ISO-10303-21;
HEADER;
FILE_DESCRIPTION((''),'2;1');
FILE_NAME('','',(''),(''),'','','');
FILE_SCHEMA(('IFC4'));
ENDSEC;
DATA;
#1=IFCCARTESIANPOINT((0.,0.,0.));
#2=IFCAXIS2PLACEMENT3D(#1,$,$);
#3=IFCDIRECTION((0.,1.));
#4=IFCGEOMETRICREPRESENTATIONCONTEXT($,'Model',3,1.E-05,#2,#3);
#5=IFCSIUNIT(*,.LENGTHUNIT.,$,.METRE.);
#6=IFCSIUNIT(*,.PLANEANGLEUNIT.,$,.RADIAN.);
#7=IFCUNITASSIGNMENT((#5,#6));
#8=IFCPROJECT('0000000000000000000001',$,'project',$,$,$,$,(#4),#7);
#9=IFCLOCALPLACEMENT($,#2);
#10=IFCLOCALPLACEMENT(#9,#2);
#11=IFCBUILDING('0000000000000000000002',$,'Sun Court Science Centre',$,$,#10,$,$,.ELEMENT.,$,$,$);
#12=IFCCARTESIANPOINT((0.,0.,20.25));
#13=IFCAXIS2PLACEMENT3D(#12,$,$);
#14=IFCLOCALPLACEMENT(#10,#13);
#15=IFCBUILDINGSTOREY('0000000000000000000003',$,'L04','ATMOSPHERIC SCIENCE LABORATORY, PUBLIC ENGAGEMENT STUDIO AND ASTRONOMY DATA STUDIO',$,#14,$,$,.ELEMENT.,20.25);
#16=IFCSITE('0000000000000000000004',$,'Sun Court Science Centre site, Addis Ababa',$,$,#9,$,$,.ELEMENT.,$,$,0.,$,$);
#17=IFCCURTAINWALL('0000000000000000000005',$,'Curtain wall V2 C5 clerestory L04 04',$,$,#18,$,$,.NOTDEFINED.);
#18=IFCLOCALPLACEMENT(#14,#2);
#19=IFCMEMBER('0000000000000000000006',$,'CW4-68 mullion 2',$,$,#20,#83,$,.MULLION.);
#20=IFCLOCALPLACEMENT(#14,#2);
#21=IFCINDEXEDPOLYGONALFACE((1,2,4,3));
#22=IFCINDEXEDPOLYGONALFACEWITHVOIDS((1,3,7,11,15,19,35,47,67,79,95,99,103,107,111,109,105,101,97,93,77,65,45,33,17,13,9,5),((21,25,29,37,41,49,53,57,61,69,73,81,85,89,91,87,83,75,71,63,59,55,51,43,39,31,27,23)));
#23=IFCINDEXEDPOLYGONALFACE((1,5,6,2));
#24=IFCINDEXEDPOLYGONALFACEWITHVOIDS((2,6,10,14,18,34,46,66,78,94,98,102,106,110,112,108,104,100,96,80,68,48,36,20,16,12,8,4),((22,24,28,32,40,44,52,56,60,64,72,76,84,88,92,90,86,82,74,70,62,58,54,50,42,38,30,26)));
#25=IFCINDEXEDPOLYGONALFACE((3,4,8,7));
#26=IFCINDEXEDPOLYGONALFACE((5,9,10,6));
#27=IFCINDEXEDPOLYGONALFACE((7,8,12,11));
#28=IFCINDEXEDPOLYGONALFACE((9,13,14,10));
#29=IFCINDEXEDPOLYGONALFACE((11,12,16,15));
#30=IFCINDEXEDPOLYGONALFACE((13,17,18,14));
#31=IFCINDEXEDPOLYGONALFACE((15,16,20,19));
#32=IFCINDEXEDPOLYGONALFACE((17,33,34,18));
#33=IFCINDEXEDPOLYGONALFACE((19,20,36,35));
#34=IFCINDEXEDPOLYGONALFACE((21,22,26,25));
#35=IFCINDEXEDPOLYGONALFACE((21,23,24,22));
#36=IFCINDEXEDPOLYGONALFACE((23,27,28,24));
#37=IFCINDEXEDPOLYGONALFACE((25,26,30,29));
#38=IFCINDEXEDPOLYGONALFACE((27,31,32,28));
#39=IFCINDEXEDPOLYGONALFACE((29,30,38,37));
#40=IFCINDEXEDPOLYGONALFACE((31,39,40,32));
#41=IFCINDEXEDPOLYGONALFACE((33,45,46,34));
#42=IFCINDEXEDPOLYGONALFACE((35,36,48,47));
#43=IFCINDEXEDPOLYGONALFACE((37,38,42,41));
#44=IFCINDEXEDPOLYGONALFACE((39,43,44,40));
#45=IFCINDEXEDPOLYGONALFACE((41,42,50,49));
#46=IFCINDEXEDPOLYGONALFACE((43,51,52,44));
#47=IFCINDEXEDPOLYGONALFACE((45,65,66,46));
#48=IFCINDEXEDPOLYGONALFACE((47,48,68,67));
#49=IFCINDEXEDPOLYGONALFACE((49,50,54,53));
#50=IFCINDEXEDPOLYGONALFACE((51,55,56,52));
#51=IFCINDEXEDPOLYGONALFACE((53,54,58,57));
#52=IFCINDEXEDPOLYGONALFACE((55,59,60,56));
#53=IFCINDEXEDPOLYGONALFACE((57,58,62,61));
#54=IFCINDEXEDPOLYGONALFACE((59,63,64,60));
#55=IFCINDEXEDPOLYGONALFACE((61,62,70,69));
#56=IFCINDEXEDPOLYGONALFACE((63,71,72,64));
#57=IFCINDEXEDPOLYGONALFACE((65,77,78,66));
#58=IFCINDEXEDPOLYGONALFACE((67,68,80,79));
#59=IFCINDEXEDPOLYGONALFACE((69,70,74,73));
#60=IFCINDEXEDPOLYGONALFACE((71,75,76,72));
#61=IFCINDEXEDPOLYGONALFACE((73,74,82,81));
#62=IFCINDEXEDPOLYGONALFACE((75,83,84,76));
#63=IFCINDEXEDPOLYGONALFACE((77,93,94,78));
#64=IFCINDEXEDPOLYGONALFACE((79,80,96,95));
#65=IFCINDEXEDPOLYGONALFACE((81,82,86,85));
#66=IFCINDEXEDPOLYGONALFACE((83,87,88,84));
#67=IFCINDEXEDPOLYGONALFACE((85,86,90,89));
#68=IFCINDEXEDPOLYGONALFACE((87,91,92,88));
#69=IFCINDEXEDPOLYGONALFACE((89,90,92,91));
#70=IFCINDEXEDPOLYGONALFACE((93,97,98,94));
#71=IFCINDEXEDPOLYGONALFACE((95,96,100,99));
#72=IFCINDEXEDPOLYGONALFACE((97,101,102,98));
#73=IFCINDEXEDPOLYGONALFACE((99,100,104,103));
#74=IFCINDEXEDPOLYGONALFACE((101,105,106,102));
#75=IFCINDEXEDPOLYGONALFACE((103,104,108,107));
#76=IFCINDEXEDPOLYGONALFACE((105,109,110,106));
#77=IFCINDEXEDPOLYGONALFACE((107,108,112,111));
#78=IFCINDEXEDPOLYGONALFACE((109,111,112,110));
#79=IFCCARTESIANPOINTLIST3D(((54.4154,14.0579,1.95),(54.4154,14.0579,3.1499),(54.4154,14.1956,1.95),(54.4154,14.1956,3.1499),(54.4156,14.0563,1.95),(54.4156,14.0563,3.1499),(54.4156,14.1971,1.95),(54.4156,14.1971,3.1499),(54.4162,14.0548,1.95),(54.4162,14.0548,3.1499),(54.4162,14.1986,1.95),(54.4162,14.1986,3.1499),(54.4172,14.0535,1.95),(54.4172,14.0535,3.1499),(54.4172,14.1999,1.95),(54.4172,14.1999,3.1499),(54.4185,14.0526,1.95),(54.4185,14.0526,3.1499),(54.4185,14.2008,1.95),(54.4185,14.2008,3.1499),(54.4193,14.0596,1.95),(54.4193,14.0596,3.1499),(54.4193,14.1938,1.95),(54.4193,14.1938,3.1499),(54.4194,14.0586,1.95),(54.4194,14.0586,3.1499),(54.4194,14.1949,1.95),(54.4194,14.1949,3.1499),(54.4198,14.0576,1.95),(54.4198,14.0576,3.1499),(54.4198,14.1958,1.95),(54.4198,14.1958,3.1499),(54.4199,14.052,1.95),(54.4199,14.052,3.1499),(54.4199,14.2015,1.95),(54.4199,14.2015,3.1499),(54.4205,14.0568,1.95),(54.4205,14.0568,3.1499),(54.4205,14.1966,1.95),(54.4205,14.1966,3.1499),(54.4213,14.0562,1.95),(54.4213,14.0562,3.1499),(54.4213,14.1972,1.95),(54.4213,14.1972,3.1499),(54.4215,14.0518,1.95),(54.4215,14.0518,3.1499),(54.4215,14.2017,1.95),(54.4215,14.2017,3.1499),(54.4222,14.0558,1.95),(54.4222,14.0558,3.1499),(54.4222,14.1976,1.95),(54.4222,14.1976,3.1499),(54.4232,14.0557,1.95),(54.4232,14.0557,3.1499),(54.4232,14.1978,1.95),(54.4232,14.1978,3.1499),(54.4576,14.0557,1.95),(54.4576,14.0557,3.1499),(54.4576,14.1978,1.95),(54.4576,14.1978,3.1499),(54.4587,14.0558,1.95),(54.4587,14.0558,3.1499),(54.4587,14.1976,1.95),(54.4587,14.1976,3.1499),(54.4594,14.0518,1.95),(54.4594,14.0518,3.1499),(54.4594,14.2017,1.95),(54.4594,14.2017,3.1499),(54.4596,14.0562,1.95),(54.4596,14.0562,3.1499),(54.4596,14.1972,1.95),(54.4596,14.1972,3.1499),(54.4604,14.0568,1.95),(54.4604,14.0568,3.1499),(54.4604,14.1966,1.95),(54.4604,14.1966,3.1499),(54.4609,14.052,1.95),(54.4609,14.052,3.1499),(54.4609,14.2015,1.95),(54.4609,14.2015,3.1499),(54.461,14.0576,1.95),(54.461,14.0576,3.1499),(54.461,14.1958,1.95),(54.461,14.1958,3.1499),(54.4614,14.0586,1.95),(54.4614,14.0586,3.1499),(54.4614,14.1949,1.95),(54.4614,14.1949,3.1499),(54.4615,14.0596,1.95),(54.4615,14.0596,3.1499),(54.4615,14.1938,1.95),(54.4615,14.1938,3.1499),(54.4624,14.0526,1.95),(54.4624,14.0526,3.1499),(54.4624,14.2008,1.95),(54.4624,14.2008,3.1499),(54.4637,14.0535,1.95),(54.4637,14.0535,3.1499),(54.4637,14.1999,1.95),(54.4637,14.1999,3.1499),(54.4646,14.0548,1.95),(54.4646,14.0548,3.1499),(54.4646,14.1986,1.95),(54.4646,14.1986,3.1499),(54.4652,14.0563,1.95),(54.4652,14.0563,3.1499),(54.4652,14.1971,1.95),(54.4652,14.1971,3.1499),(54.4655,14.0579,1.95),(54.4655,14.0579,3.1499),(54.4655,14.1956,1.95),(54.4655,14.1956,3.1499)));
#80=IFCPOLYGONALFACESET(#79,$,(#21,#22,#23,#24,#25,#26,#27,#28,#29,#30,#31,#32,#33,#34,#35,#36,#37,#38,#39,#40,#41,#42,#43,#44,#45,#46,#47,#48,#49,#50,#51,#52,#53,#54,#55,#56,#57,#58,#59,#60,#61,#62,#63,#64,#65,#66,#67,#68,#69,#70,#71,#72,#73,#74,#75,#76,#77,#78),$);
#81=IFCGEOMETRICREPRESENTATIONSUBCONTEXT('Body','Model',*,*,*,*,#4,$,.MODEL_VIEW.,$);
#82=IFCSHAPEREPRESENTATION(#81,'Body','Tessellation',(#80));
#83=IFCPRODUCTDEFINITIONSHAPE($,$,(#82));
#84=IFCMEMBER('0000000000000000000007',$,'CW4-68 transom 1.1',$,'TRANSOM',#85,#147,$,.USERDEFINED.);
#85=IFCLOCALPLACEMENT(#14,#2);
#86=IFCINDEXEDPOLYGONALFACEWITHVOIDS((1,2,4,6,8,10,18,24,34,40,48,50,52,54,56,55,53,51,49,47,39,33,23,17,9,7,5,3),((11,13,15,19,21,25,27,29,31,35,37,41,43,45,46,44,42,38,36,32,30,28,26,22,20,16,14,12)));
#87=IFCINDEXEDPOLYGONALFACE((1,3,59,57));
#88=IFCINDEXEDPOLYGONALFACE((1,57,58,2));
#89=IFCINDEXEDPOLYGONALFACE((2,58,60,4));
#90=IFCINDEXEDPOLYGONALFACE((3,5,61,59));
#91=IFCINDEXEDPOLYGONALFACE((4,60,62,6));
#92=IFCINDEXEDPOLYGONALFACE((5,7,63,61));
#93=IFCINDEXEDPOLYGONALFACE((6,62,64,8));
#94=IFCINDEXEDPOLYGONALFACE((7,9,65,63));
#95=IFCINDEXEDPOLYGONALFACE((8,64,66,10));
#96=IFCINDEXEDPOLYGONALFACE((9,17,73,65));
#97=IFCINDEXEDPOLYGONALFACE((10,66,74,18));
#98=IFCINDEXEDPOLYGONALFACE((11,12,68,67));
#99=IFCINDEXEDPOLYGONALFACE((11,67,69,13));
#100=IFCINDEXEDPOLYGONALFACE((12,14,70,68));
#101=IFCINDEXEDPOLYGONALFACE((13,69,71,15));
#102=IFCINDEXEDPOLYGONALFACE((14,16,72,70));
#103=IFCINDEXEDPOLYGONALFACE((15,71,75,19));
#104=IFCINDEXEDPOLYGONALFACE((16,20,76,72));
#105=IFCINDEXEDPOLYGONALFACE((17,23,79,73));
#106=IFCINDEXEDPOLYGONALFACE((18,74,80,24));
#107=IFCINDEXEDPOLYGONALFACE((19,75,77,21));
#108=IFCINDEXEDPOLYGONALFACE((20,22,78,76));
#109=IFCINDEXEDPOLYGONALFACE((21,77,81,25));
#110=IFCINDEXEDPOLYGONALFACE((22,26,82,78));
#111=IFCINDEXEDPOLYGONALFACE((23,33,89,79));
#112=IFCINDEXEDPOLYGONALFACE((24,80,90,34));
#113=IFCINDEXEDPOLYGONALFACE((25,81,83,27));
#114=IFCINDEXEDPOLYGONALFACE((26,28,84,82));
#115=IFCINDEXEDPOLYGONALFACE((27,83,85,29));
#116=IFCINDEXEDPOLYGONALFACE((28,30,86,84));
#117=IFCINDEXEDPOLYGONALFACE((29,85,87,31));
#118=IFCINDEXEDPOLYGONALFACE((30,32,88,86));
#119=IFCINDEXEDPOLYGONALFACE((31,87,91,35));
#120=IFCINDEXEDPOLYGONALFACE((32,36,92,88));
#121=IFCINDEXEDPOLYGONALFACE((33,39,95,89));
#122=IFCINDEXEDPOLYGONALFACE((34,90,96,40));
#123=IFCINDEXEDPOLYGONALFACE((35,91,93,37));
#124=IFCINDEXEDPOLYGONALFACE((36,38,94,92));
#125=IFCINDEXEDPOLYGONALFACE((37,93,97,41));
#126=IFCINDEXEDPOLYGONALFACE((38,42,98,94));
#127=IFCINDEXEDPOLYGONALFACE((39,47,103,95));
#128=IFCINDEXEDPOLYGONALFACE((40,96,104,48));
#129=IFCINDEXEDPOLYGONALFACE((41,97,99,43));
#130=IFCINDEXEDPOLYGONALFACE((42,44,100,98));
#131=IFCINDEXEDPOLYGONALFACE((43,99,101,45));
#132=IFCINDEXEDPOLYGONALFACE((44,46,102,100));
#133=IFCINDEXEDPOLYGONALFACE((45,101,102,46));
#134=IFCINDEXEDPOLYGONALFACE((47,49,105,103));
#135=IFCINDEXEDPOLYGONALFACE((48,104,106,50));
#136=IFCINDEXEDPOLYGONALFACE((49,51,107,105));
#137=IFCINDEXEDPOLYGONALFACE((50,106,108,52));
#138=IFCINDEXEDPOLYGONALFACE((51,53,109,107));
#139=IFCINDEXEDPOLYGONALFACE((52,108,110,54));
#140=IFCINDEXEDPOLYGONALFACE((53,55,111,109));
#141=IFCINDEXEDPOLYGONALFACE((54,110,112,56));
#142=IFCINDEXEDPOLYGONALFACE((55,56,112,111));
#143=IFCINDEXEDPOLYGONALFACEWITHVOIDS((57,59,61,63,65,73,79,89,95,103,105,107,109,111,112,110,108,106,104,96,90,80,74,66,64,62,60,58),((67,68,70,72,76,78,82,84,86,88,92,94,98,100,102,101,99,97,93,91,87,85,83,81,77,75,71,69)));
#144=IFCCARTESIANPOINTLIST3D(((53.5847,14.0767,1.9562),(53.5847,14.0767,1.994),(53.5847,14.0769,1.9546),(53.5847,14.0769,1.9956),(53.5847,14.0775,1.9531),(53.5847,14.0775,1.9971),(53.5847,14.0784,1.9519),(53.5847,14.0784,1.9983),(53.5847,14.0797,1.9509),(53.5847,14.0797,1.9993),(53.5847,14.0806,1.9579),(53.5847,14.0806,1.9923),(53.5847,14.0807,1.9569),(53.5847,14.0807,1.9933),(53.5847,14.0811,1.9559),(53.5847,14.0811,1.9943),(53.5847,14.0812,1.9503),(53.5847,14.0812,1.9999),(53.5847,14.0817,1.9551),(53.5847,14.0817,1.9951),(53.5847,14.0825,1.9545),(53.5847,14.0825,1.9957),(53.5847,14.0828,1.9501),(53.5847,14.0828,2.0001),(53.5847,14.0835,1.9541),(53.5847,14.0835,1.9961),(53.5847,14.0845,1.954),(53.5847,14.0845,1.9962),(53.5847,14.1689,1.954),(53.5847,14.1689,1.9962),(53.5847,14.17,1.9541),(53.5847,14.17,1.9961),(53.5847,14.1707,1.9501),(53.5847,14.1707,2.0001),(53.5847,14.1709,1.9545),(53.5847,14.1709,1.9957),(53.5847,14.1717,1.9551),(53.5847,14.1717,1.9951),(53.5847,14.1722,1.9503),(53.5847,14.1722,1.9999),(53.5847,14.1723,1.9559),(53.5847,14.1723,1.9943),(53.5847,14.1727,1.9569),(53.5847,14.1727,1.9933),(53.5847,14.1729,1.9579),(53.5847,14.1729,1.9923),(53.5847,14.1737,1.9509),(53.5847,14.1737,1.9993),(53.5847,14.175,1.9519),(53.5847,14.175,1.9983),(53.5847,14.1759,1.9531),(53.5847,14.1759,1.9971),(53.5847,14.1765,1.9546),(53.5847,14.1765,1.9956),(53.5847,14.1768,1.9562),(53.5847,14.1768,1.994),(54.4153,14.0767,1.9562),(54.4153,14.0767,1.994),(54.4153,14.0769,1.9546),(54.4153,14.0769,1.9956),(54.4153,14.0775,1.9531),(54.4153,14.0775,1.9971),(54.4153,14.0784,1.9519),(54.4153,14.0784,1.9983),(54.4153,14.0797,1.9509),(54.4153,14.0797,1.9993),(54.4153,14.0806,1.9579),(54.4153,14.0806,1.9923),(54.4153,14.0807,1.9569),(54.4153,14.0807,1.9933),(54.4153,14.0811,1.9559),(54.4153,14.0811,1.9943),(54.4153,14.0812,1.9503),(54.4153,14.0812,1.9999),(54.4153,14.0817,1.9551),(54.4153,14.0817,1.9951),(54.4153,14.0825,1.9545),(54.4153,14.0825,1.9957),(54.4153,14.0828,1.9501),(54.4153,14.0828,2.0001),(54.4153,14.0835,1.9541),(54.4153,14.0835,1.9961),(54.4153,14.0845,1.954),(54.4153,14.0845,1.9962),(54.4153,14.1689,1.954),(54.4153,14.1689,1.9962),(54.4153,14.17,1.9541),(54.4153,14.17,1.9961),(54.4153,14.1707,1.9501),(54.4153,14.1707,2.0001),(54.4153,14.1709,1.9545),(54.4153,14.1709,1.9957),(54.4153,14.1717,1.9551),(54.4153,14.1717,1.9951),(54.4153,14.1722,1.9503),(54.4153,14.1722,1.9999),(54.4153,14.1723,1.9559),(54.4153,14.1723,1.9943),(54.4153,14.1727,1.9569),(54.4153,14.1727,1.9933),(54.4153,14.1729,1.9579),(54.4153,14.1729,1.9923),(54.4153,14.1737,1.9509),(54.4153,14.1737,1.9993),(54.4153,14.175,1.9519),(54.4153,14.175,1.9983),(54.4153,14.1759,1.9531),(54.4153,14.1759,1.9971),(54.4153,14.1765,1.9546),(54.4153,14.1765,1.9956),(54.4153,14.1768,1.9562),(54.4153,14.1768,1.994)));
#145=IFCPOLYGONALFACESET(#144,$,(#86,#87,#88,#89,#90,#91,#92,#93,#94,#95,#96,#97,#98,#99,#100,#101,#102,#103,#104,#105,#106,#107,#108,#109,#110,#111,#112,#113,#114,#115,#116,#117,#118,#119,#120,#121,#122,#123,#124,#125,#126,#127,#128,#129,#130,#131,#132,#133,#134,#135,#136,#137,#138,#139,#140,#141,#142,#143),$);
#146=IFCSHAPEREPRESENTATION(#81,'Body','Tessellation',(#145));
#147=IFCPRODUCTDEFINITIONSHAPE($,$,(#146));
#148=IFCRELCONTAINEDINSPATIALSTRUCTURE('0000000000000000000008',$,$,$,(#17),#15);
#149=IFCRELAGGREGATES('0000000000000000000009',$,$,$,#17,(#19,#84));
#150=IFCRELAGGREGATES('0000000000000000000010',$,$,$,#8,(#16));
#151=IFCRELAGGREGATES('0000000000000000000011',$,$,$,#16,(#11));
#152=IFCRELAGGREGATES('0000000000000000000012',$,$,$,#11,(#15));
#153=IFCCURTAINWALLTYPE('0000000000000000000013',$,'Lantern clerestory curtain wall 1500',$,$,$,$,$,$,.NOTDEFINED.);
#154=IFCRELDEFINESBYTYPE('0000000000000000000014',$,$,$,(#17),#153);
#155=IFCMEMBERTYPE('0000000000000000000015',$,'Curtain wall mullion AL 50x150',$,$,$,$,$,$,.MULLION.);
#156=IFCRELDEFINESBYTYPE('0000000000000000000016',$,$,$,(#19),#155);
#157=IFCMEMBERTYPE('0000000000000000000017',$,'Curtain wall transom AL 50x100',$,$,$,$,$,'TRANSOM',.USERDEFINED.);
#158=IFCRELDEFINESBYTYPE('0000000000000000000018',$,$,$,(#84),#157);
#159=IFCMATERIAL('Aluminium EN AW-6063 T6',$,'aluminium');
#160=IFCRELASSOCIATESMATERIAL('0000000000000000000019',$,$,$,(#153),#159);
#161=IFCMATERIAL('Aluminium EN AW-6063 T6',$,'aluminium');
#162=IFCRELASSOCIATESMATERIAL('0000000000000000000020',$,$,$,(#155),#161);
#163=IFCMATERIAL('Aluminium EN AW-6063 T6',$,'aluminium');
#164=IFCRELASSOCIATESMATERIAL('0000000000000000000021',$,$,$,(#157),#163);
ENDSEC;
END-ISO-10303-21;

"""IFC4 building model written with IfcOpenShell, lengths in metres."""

from ifc_helpers import new_model, si_unit, direction, frame, origin, origin_2d, place, context, subcontext, project, spatial, hollow_rectangle, extrude, material, material_profile, profile_set, type_object, element, aggregate, save


model = new_model("IFC4")

# Units and contexts
model_context = context("Model", 3, precision=1e-05, world=origin(), true_north=direction((0.0, 1.0)))
body_context = subcontext(model_context, "Body", "Model", "MODEL_VIEW")
ifc_project = project(units=[si_unit("LENGTHUNIT", "METRE"), si_unit("PLANEANGLEUNIT", "RADIAN")], contexts=[model_context])

# Site, building, storey
site_placement = place(None, origin())
site = spatial("IfcSite", under=ifc_project, at=site_placement, Name="Sun Court Science Centre site, Addis Ababa", CompositionType="ELEMENT", RefElevation=0.0)
building_placement = place(site_placement, origin())
building = spatial("IfcBuilding", under=site, at=building_placement, Name="Sun Court Science Centre", CompositionType="ELEMENT")
storey_placement = place(building_placement, frame((0.0, 0.0, 20.25)))
storey = spatial("IfcBuildingStorey", under=building, at=storey_placement, Name="L04", Description="ATMOSPHERIC SCIENCE LABORATORY, PUBLIC ENGAGEMENT STUDIO AND ASTRONOMY DATA STUDIO", CompositionType="ELEMENT", Elevation=20.25)

# Shared definitions
ifc_material_1 = material(Name="Aluminium EN AW-6063 T6", Category="aluminium")
curtain_wall_type = type_object("IfcCurtainWallType", Name="Lantern clerestory curtain wall 1500", PredefinedType="NOTDEFINED", material=ifc_material_1)
ifc_material_2 = material(Name="Aluminium EN AW-6063 T6", Category="aluminium")
ifc_material_profile_1 = material_profile(ifc_material_2, hollow_rectangle(XDim=0.05, YDim=0.1499, WallThickness=0.0039, InnerFilletRadius=0.0039, OuterFilletRadius=0.0061, at=origin_2d()), Name="AL 50x150x4")
ifc_profile_set_1 = profile_set([ifc_material_profile_1], Name="Aluminium EN AW-6063 T6")
member_type_1 = type_object("IfcMemberType", Name="Curtain wall mullion AL 50x150", PredefinedType="MULLION", material=ifc_profile_set_1)

# Curtain wall, members
curtain_wall_1_placement = place(storey_placement, origin())
curtain_wall_1 = element("IfcCurtainWall", 1, at=curtain_wall_1_placement, inside=storey, type_object=curtain_wall_type, Name="Curtain wall V2 C5 clerestory L04 04", PredefinedType="NOTDEFINED")
member_1_placement = place(storey_placement, frame((54.4404, 14.1267, 1.95), z_axis=(0.0, 0.0, 1.0), x_axis=(1.0, 0.0, 0.0)))
member_1 = element("IfcMember", 2, at=member_1_placement, type_object=member_type_1, Name="CW4-68 mullion 2", PredefinedType="MULLION", context=body_context, shape_type="SweptSolid", body=[
    extrude(hollow_rectangle(XDim=0.05, YDim=0.1499, WallThickness=0.0039, InnerFilletRadius=0.0039, OuterFilletRadius=0.0061, at=origin_2d()), origin(), (0.0, 0.0, 1.0), 1.2),
])
ifc_material_3 = material(Name="Aluminium EN AW-6063 T6", Category="aluminium")
ifc_material_profile_2 = material_profile(ifc_material_3, hollow_rectangle(XDim=0.05, YDim=0.1001, WallThickness=0.0039, InnerFilletRadius=0.0039, OuterFilletRadius=0.0061, at=origin_2d()), Name="AL 50x100x4")
ifc_profile_set_2 = profile_set([ifc_material_profile_2], Name="Aluminium EN AW-6063 T6")
member_type_2 = type_object("IfcMemberType", Name="Curtain wall transom AL 50x100", ElementType="TRANSOM", PredefinedType="USERDEFINED", material=ifc_profile_set_2)
member_2_placement = place(storey_placement, frame((53.5847, 14.1267, 1.9751), z_axis=(1.0, 0.0, 0.0), x_axis=(0.0, 0.0, 1.0)))
member_2 = element("IfcMember", 3, at=member_2_placement, type_object=member_type_2, Name="CW4-68 transom 1.1", ObjectType="TRANSOM", PredefinedType="USERDEFINED", context=body_context, shape_type="SweptSolid", body=[
    extrude(hollow_rectangle(XDim=0.05, YDim=0.1001, WallThickness=0.0039, InnerFilletRadius=0.0039, OuterFilletRadius=0.0061, at=origin_2d()), origin(), (0.0, 0.0, 1.0), 0.8306),
])

aggregate(curtain_wall_1, [member_1, member_2])

save(model, "model.ifc")
